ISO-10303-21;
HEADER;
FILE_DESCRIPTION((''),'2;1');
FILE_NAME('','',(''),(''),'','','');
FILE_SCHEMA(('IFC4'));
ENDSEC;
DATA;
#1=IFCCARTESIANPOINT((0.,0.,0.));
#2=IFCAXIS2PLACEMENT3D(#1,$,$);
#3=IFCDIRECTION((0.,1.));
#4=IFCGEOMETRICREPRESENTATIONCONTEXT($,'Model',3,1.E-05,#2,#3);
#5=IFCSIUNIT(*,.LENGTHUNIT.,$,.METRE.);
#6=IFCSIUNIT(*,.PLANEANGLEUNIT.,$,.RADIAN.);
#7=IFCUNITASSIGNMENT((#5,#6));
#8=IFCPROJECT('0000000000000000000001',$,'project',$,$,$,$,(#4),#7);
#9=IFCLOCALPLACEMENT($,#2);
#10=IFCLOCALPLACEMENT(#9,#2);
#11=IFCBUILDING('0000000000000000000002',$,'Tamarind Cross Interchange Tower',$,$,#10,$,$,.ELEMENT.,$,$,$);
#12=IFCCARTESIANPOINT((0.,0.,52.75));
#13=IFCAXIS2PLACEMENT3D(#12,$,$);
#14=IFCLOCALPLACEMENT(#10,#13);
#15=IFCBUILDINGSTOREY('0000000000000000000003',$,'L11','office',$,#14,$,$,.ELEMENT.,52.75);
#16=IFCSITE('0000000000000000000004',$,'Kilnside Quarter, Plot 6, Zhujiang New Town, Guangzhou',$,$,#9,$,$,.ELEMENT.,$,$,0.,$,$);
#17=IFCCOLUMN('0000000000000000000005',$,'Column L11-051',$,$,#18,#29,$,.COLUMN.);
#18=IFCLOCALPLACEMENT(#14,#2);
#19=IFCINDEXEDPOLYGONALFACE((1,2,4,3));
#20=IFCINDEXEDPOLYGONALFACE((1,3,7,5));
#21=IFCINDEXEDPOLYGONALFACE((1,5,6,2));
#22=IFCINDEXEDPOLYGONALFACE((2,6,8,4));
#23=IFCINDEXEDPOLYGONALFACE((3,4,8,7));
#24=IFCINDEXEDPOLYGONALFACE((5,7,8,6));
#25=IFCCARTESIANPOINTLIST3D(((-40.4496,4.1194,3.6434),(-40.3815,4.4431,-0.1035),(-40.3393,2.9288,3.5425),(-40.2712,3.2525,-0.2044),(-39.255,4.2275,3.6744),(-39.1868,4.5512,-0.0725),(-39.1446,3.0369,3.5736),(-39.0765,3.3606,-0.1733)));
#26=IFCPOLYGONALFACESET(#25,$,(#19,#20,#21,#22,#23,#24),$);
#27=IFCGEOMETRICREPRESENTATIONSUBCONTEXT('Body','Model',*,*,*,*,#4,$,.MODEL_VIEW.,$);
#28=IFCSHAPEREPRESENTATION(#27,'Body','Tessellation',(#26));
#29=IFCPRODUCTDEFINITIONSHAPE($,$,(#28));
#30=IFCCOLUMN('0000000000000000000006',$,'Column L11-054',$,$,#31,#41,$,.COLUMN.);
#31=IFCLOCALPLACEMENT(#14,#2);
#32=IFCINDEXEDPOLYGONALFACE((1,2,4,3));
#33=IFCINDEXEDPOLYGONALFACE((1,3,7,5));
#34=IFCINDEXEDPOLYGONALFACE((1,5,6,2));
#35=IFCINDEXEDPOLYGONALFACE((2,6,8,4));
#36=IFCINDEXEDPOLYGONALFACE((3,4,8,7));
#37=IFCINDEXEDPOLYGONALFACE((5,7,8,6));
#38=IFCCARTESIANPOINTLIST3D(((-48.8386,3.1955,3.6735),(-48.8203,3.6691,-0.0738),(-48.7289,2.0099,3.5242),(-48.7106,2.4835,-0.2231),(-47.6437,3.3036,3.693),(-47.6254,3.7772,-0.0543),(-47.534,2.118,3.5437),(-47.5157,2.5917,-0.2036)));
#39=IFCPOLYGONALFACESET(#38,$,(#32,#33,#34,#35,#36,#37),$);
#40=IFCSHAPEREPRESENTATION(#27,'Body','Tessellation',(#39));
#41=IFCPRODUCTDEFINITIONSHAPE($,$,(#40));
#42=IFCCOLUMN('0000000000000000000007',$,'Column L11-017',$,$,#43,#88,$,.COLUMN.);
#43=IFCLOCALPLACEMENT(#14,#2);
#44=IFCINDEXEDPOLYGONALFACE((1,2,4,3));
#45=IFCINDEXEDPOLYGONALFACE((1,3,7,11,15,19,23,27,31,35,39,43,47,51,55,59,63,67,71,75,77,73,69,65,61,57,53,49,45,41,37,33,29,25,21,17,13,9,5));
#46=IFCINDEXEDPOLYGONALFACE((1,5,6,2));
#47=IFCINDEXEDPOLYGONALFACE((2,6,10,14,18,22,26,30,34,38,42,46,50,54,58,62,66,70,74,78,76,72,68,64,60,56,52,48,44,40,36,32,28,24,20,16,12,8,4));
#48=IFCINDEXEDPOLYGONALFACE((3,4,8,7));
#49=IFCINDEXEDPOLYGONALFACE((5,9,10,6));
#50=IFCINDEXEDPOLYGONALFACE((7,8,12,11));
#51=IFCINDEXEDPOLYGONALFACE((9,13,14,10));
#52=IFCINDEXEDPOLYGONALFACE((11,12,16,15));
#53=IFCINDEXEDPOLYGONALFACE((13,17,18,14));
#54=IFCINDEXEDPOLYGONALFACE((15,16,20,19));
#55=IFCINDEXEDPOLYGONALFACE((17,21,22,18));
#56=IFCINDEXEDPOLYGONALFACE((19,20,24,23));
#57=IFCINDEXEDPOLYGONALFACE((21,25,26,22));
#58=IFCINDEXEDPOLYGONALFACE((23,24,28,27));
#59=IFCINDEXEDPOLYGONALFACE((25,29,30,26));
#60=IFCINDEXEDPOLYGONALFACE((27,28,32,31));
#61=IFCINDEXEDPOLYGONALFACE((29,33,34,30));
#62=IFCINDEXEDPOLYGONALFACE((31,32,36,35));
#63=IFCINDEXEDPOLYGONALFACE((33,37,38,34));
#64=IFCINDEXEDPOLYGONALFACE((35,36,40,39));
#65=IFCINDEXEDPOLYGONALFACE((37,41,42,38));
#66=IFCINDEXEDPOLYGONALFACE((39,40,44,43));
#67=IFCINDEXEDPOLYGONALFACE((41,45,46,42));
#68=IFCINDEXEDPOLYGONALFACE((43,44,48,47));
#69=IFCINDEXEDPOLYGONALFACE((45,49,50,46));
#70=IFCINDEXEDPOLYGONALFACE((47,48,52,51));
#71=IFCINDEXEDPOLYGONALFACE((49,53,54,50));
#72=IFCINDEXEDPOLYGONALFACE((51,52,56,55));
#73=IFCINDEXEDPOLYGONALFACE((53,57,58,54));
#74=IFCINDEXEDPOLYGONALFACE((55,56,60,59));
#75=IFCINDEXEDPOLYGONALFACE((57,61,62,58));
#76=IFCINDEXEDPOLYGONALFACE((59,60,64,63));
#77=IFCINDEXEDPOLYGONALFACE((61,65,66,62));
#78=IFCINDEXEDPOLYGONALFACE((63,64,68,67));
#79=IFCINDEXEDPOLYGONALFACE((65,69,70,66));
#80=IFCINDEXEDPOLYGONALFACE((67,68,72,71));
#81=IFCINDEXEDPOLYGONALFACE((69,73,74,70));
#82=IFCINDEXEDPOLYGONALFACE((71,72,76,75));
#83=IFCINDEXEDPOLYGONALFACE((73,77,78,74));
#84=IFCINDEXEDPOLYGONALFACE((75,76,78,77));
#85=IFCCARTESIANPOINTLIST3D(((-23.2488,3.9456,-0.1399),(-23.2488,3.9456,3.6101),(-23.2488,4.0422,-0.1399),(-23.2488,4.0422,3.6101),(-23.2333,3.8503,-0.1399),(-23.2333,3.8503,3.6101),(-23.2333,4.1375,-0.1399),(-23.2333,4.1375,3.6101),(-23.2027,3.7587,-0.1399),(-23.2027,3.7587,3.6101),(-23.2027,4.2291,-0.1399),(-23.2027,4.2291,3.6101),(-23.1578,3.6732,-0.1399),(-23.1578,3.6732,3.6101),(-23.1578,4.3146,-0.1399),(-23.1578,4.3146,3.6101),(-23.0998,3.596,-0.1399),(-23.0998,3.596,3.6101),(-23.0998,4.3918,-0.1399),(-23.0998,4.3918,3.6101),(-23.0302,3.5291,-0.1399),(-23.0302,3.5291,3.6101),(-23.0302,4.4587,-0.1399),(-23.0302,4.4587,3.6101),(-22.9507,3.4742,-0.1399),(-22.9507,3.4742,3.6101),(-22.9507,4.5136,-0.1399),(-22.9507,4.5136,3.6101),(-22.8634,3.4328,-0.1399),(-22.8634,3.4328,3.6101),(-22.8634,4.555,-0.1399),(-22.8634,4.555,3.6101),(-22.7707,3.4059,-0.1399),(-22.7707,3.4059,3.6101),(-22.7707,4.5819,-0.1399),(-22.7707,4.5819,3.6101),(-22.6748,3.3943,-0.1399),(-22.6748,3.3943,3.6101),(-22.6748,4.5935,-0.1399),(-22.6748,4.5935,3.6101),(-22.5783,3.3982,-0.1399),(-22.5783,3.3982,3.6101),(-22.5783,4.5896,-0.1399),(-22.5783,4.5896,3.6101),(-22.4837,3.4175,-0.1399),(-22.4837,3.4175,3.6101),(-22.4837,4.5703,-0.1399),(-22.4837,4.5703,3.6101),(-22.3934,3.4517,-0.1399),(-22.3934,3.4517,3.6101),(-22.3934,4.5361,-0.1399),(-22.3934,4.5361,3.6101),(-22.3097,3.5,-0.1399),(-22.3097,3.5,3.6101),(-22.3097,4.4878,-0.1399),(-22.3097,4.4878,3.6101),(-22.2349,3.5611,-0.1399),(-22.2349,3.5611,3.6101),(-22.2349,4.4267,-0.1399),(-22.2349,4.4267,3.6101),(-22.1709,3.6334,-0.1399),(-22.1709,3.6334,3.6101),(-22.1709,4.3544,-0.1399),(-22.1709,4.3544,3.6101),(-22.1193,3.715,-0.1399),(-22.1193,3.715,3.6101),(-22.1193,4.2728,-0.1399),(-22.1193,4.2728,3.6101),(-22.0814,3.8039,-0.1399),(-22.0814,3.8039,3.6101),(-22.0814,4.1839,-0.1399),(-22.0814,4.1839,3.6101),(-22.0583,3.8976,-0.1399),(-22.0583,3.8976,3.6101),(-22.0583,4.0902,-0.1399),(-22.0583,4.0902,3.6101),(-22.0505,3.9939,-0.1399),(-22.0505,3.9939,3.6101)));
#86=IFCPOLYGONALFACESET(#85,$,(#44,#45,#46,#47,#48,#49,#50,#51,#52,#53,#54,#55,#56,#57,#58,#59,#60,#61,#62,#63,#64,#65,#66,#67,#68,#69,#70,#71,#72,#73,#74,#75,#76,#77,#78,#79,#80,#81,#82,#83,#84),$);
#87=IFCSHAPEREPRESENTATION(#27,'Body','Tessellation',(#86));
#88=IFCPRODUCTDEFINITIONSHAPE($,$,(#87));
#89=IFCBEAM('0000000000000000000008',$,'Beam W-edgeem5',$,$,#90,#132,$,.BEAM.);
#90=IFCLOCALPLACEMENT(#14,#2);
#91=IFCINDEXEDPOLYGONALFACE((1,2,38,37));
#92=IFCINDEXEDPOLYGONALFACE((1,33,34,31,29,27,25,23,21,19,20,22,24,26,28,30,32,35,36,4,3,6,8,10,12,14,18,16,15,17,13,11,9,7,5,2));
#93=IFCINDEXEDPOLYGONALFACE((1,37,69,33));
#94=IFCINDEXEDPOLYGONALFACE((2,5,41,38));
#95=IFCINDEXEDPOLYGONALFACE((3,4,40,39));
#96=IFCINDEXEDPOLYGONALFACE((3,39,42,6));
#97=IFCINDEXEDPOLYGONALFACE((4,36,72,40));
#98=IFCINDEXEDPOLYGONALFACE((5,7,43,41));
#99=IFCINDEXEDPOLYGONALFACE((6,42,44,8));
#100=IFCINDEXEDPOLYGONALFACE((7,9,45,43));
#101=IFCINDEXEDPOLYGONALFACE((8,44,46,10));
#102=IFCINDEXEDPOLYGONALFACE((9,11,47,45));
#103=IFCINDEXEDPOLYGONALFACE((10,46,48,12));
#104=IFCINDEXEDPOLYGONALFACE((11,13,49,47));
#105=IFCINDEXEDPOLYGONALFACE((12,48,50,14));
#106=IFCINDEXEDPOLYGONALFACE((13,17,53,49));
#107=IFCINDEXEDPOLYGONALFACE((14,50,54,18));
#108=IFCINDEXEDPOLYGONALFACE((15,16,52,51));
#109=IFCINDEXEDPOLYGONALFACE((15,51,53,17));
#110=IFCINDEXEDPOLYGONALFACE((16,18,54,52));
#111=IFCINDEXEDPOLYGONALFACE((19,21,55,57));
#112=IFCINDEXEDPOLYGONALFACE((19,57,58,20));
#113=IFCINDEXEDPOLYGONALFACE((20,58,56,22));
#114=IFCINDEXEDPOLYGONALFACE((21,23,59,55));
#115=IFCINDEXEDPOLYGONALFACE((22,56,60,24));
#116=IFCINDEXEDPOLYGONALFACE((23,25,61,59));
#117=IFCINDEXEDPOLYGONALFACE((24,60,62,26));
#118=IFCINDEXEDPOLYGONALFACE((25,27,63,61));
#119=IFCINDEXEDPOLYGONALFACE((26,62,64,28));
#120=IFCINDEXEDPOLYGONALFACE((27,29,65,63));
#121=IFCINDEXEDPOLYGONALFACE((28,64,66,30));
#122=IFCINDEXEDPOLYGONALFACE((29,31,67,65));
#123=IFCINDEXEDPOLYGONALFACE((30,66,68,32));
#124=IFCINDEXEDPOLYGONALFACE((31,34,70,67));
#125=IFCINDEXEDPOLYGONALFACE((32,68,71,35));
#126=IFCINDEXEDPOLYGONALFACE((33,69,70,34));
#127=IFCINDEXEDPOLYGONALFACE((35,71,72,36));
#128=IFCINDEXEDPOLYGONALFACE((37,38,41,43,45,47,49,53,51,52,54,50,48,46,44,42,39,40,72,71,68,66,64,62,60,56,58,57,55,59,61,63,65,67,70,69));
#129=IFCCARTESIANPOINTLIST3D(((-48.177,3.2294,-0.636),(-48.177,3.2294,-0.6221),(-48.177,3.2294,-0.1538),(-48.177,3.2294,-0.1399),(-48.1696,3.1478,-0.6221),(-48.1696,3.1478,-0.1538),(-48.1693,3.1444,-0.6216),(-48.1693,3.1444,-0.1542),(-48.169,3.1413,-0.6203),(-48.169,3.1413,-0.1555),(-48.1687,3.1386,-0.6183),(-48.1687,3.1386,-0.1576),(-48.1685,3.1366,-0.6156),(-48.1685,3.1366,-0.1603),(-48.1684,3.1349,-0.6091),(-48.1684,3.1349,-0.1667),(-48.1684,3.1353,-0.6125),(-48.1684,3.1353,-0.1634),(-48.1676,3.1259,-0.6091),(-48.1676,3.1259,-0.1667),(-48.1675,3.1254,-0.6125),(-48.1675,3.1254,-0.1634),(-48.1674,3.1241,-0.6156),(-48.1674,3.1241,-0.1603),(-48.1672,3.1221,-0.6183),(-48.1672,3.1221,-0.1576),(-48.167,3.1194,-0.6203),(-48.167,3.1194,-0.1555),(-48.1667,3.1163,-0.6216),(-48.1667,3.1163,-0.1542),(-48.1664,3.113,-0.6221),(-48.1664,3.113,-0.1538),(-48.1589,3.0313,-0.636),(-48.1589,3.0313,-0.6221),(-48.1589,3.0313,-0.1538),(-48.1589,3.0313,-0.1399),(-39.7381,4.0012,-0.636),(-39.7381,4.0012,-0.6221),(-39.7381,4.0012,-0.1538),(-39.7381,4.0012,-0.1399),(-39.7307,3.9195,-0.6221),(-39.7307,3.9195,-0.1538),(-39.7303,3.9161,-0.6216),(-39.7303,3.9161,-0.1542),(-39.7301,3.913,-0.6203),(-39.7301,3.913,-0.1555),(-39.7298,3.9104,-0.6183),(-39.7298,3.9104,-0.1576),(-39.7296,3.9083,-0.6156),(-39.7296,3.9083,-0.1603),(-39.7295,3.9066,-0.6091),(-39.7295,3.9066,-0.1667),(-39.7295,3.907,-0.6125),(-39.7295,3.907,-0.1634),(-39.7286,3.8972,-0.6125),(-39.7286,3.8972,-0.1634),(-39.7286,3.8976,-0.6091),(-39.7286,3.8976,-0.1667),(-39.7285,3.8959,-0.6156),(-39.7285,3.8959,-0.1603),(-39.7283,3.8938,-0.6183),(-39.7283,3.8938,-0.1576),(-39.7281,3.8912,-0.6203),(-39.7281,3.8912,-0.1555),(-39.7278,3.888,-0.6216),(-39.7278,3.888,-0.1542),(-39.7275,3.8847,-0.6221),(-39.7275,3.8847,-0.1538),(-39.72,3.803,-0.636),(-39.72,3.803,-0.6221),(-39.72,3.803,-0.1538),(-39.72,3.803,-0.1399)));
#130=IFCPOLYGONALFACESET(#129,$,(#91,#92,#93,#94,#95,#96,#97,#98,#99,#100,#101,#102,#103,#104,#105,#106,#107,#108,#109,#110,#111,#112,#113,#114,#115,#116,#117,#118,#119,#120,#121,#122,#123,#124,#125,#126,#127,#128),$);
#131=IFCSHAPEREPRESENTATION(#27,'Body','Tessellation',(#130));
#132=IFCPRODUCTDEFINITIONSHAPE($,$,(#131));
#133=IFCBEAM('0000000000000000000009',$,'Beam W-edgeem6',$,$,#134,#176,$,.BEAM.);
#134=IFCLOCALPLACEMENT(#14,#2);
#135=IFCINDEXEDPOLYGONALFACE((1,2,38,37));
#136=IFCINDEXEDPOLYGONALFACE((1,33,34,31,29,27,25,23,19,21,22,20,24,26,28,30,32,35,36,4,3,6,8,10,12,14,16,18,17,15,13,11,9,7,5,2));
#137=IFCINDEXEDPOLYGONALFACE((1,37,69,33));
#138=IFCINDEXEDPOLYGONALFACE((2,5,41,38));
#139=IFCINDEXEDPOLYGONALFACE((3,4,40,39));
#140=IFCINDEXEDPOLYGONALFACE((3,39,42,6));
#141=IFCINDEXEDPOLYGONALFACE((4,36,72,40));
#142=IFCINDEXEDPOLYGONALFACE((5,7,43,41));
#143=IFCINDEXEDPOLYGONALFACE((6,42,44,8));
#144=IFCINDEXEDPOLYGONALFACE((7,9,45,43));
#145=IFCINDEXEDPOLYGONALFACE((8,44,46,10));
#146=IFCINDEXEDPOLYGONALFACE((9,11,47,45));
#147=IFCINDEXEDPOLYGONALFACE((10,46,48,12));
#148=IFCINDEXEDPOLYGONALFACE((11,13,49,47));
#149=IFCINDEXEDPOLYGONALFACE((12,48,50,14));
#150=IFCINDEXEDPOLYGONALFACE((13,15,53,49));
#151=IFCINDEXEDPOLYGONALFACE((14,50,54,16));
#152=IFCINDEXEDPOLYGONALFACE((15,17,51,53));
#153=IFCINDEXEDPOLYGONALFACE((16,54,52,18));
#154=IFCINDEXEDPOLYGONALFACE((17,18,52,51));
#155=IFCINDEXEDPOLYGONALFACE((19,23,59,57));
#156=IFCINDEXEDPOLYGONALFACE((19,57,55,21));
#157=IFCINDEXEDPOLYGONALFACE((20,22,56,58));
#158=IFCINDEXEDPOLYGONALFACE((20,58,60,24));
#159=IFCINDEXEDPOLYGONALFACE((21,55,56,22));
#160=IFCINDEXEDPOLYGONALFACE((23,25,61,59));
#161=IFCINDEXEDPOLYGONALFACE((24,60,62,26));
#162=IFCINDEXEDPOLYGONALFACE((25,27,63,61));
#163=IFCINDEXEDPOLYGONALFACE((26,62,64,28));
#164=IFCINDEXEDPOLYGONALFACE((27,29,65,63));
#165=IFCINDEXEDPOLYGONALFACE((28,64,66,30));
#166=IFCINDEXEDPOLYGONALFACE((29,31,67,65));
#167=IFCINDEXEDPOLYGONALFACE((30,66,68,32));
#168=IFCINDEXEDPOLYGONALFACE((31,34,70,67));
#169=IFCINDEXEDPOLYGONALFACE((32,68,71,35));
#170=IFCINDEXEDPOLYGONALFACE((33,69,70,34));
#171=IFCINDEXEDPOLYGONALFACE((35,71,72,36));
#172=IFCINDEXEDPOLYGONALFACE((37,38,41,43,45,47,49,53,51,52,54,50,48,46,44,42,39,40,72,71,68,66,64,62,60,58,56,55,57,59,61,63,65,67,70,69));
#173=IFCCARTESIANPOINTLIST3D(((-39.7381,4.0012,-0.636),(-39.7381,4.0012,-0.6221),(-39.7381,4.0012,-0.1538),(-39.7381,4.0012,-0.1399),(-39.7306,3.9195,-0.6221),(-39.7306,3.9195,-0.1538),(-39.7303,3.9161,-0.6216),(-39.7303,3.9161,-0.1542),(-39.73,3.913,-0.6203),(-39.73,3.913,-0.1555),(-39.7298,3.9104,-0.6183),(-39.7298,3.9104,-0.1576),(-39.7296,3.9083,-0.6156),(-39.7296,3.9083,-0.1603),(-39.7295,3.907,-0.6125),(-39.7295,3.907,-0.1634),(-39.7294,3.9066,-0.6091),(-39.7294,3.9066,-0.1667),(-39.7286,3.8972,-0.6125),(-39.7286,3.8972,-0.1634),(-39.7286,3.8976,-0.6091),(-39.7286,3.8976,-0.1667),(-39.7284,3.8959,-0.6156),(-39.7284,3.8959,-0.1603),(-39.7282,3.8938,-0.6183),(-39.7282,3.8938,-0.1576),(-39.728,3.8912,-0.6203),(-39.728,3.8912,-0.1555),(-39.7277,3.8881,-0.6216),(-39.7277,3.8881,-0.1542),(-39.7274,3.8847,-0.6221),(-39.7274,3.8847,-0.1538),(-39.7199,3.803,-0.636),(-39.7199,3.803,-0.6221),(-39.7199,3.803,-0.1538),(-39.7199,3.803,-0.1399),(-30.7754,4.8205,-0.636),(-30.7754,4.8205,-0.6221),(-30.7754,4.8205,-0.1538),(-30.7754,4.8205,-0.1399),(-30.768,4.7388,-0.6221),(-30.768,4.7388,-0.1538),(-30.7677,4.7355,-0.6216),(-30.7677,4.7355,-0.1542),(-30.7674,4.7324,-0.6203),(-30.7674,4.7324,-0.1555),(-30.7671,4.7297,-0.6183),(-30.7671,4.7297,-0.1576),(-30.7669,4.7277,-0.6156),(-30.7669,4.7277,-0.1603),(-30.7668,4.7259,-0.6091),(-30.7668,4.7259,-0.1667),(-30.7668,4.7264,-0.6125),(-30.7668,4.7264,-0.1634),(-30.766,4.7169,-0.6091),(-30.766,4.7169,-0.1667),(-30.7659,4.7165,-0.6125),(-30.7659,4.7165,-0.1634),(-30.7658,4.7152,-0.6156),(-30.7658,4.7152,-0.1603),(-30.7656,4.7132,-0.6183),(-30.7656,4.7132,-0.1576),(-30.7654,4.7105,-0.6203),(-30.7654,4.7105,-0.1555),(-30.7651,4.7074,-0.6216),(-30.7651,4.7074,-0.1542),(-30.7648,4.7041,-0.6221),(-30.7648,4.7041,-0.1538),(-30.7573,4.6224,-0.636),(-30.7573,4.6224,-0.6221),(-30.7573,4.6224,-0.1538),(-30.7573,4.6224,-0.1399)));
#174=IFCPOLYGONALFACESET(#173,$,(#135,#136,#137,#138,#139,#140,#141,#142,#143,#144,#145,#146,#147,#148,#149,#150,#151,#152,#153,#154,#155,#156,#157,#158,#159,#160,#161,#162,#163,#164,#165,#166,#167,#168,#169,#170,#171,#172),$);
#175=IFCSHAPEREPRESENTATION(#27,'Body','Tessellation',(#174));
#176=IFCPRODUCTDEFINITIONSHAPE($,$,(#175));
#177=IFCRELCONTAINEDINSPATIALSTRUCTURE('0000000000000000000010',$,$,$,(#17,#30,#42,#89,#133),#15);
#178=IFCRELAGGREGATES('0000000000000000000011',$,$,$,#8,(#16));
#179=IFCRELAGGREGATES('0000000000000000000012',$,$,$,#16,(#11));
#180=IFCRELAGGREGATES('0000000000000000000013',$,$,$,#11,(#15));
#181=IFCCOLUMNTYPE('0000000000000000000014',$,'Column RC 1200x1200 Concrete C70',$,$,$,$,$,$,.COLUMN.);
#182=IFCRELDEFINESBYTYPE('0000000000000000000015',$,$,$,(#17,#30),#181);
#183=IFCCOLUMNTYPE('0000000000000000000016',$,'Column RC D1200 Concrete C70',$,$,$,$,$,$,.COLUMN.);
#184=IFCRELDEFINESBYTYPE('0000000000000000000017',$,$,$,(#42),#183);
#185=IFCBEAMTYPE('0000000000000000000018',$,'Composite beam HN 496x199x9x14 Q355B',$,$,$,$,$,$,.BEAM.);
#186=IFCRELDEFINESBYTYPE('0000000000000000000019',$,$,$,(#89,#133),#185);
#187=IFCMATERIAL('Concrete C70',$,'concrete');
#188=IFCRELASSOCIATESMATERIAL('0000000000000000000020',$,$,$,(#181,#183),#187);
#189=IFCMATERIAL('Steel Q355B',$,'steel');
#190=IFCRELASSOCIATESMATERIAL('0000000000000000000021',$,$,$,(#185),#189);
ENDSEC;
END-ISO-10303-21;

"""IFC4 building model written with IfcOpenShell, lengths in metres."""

from ifc_helpers import new_model, si_unit, direction, frame, origin, origin_2d, place, context, subcontext, project, spatial, rectangle, circle, i_section, extrude, material, material_profile, profile_set, type_object, element, save


model = new_model("IFC4")

# Units and contexts
model_context = context("Model", 3, precision=1e-05, world=origin(), true_north=direction((0.0, 1.0)))
body_context = subcontext(model_context, "Body", "Model", "MODEL_VIEW")
ifc_project = project(units=[si_unit("LENGTHUNIT", "METRE"), si_unit("PLANEANGLEUNIT", "RADIAN")], contexts=[model_context])

# Site, building, storey
site_placement = place(None, origin())
site = spatial("IfcSite", under=ifc_project, at=site_placement, Name="Kilnside Quarter, Plot 6, Zhujiang New Town, Guangzhou", CompositionType="ELEMENT", RefElevation=0.0)
building_placement = place(site_placement, origin())
building = spatial("IfcBuilding", under=site, at=building_placement, Name="Tamarind Cross Interchange Tower", CompositionType="ELEMENT")
storey_placement = place(building_placement, frame((0.0, 0.0, 52.75)))
storey = spatial("IfcBuildingStorey", under=building, at=storey_placement, Name="L11", Description="office", CompositionType="ELEMENT", Elevation=52.75)

# Columns
ifc_material_1 = material(Name="Concrete C70", Category="concrete")
ifc_material_profile_1 = material_profile(ifc_material_1, rectangle(XDim=1.2, YDim=1.2, at=origin_2d()), Name="RC 1200x1200")
ifc_profile_set_1 = profile_set([ifc_material_profile_1], Name="Concrete C70")
column_type_1 = type_object("IfcColumnType", Name="Column RC 1200x1200 Concrete C70", PredefinedType="COLUMN", material=ifc_profile_set_1)
column_1_placement = place(storey_placement, frame((-39.729, 3.9019, -0.1384), z_axis=(-0.018109, -0.086066, 0.996125), x_axis=(0.995599, 0.090072, 0.025882)))
element("IfcColumn", 1, at=column_1_placement, inside=storey, type_object=column_type_1, Name="Column L11-051", PredefinedType="COLUMN", context=body_context, shape_type="SweptSolid", body=[
    extrude(rectangle(XDim=1.2, YDim=1.2, at=origin_2d()), origin(), (0.0, 0.0, 1.0), 3.7615),
])
column_2_placement = place(storey_placement, frame((-48.168, 3.1304, -0.1387), z_axis=(-0.004848, -0.125393, 0.992095), x_axis=(0.995799, 0.090112, 0.016255)))
element("IfcColumn", 2, at=column_2_placement, inside=storey, type_object=column_type_1, Name="Column L11-054", PredefinedType="COLUMN", context=body_context, shape_type="SweptSolid", body=[
    extrude(rectangle(XDim=1.2, YDim=1.2, at=origin_2d()), origin(), (0.0, 0.0, 1.0), 3.7771),
])
ifc_material_profile_2 = material_profile(ifc_material_1, circle(Radius=0.6001, at=origin_2d()), Name="RC D1200")
ifc_profile_set_2 = profile_set([ifc_material_profile_2], Name="Concrete C70")
column_type_2 = type_object("IfcColumnType", Name="Column RC D1200 Concrete C70", PredefinedType="COLUMN", material=ifc_profile_set_2)
column_3_placement = place(storey_placement, frame((-22.6506, 3.9939, -0.1399), z_axis=(0.0, 0.0, 1.0), x_axis=(1.0, 0.0, 0.0)))
element("IfcColumn", 3, at=column_3_placement, inside=storey, type_object=column_type_2, Name="Column L11-017", PredefinedType="COLUMN", context=body_context, shape_type="SweptSolid", body=[
    extrude(circle(Radius=0.6001, at=origin_2d()), origin(), (0.0, 0.0, 1.0), 3.75),
])

# Beams
ifc_material_2 = material(Name="Steel Q355B", Category="steel")
ifc_material_profile_3 = material_profile(ifc_material_2, i_section(OverallWidth=0.199, OverallDepth=0.4961, WebThickness=0.009, FlangeThickness=0.0139, FilletRadius=0.0129, at=origin_2d()), Name="HN 496x199x9x14")
ifc_profile_set_3 = profile_set([ifc_material_profile_3], Name="Steel Q355B")
beam_type_1 = type_object("IfcBeamType", Name="Composite beam HN 496x199x9x14 Q355B", PredefinedType="BEAM", material=ifc_profile_set_3)
beam_1_placement = place(storey_placement, frame((-48.168, 3.1304, -0.3879), z_axis=(0.995845, 0.091068, 0.0), x_axis=(-0.091068, 0.995845, 0.0)))
element("IfcBeam", 4, at=beam_1_placement, inside=storey, type_object=beam_type_1, Name="Beam W-edgeem5", PredefinedType="BEAM", context=body_context, shape_type="SweptSolid", body=[
    extrude(i_section(OverallWidth=0.199, OverallDepth=0.4961, WebThickness=0.009, FlangeThickness=0.0139, FilletRadius=0.0129, at=origin_2d()), origin(), (0.0, 0.0, 1.0), 8.4741),
])
beam_2_placement = place(storey_placement, frame((-39.729, 3.9021, -0.3879), z_axis=(0.995847, 0.091037, 0.0), x_axis=(-0.091037, 0.995847, 0.0)))
element("IfcBeam", 5, at=beam_2_placement, inside=storey, type_object=beam_type_1, Name="Beam W-edgeem6", PredefinedType="BEAM", context=body_context, shape_type="SweptSolid", body=[
    extrude(i_section(OverallWidth=0.199, OverallDepth=0.4961, WebThickness=0.009, FlangeThickness=0.0139, FilletRadius=0.0129, at=origin_2d()), origin(), (0.0, 0.0, 1.0), 9.0),
])

save(model, "model.ifc")
